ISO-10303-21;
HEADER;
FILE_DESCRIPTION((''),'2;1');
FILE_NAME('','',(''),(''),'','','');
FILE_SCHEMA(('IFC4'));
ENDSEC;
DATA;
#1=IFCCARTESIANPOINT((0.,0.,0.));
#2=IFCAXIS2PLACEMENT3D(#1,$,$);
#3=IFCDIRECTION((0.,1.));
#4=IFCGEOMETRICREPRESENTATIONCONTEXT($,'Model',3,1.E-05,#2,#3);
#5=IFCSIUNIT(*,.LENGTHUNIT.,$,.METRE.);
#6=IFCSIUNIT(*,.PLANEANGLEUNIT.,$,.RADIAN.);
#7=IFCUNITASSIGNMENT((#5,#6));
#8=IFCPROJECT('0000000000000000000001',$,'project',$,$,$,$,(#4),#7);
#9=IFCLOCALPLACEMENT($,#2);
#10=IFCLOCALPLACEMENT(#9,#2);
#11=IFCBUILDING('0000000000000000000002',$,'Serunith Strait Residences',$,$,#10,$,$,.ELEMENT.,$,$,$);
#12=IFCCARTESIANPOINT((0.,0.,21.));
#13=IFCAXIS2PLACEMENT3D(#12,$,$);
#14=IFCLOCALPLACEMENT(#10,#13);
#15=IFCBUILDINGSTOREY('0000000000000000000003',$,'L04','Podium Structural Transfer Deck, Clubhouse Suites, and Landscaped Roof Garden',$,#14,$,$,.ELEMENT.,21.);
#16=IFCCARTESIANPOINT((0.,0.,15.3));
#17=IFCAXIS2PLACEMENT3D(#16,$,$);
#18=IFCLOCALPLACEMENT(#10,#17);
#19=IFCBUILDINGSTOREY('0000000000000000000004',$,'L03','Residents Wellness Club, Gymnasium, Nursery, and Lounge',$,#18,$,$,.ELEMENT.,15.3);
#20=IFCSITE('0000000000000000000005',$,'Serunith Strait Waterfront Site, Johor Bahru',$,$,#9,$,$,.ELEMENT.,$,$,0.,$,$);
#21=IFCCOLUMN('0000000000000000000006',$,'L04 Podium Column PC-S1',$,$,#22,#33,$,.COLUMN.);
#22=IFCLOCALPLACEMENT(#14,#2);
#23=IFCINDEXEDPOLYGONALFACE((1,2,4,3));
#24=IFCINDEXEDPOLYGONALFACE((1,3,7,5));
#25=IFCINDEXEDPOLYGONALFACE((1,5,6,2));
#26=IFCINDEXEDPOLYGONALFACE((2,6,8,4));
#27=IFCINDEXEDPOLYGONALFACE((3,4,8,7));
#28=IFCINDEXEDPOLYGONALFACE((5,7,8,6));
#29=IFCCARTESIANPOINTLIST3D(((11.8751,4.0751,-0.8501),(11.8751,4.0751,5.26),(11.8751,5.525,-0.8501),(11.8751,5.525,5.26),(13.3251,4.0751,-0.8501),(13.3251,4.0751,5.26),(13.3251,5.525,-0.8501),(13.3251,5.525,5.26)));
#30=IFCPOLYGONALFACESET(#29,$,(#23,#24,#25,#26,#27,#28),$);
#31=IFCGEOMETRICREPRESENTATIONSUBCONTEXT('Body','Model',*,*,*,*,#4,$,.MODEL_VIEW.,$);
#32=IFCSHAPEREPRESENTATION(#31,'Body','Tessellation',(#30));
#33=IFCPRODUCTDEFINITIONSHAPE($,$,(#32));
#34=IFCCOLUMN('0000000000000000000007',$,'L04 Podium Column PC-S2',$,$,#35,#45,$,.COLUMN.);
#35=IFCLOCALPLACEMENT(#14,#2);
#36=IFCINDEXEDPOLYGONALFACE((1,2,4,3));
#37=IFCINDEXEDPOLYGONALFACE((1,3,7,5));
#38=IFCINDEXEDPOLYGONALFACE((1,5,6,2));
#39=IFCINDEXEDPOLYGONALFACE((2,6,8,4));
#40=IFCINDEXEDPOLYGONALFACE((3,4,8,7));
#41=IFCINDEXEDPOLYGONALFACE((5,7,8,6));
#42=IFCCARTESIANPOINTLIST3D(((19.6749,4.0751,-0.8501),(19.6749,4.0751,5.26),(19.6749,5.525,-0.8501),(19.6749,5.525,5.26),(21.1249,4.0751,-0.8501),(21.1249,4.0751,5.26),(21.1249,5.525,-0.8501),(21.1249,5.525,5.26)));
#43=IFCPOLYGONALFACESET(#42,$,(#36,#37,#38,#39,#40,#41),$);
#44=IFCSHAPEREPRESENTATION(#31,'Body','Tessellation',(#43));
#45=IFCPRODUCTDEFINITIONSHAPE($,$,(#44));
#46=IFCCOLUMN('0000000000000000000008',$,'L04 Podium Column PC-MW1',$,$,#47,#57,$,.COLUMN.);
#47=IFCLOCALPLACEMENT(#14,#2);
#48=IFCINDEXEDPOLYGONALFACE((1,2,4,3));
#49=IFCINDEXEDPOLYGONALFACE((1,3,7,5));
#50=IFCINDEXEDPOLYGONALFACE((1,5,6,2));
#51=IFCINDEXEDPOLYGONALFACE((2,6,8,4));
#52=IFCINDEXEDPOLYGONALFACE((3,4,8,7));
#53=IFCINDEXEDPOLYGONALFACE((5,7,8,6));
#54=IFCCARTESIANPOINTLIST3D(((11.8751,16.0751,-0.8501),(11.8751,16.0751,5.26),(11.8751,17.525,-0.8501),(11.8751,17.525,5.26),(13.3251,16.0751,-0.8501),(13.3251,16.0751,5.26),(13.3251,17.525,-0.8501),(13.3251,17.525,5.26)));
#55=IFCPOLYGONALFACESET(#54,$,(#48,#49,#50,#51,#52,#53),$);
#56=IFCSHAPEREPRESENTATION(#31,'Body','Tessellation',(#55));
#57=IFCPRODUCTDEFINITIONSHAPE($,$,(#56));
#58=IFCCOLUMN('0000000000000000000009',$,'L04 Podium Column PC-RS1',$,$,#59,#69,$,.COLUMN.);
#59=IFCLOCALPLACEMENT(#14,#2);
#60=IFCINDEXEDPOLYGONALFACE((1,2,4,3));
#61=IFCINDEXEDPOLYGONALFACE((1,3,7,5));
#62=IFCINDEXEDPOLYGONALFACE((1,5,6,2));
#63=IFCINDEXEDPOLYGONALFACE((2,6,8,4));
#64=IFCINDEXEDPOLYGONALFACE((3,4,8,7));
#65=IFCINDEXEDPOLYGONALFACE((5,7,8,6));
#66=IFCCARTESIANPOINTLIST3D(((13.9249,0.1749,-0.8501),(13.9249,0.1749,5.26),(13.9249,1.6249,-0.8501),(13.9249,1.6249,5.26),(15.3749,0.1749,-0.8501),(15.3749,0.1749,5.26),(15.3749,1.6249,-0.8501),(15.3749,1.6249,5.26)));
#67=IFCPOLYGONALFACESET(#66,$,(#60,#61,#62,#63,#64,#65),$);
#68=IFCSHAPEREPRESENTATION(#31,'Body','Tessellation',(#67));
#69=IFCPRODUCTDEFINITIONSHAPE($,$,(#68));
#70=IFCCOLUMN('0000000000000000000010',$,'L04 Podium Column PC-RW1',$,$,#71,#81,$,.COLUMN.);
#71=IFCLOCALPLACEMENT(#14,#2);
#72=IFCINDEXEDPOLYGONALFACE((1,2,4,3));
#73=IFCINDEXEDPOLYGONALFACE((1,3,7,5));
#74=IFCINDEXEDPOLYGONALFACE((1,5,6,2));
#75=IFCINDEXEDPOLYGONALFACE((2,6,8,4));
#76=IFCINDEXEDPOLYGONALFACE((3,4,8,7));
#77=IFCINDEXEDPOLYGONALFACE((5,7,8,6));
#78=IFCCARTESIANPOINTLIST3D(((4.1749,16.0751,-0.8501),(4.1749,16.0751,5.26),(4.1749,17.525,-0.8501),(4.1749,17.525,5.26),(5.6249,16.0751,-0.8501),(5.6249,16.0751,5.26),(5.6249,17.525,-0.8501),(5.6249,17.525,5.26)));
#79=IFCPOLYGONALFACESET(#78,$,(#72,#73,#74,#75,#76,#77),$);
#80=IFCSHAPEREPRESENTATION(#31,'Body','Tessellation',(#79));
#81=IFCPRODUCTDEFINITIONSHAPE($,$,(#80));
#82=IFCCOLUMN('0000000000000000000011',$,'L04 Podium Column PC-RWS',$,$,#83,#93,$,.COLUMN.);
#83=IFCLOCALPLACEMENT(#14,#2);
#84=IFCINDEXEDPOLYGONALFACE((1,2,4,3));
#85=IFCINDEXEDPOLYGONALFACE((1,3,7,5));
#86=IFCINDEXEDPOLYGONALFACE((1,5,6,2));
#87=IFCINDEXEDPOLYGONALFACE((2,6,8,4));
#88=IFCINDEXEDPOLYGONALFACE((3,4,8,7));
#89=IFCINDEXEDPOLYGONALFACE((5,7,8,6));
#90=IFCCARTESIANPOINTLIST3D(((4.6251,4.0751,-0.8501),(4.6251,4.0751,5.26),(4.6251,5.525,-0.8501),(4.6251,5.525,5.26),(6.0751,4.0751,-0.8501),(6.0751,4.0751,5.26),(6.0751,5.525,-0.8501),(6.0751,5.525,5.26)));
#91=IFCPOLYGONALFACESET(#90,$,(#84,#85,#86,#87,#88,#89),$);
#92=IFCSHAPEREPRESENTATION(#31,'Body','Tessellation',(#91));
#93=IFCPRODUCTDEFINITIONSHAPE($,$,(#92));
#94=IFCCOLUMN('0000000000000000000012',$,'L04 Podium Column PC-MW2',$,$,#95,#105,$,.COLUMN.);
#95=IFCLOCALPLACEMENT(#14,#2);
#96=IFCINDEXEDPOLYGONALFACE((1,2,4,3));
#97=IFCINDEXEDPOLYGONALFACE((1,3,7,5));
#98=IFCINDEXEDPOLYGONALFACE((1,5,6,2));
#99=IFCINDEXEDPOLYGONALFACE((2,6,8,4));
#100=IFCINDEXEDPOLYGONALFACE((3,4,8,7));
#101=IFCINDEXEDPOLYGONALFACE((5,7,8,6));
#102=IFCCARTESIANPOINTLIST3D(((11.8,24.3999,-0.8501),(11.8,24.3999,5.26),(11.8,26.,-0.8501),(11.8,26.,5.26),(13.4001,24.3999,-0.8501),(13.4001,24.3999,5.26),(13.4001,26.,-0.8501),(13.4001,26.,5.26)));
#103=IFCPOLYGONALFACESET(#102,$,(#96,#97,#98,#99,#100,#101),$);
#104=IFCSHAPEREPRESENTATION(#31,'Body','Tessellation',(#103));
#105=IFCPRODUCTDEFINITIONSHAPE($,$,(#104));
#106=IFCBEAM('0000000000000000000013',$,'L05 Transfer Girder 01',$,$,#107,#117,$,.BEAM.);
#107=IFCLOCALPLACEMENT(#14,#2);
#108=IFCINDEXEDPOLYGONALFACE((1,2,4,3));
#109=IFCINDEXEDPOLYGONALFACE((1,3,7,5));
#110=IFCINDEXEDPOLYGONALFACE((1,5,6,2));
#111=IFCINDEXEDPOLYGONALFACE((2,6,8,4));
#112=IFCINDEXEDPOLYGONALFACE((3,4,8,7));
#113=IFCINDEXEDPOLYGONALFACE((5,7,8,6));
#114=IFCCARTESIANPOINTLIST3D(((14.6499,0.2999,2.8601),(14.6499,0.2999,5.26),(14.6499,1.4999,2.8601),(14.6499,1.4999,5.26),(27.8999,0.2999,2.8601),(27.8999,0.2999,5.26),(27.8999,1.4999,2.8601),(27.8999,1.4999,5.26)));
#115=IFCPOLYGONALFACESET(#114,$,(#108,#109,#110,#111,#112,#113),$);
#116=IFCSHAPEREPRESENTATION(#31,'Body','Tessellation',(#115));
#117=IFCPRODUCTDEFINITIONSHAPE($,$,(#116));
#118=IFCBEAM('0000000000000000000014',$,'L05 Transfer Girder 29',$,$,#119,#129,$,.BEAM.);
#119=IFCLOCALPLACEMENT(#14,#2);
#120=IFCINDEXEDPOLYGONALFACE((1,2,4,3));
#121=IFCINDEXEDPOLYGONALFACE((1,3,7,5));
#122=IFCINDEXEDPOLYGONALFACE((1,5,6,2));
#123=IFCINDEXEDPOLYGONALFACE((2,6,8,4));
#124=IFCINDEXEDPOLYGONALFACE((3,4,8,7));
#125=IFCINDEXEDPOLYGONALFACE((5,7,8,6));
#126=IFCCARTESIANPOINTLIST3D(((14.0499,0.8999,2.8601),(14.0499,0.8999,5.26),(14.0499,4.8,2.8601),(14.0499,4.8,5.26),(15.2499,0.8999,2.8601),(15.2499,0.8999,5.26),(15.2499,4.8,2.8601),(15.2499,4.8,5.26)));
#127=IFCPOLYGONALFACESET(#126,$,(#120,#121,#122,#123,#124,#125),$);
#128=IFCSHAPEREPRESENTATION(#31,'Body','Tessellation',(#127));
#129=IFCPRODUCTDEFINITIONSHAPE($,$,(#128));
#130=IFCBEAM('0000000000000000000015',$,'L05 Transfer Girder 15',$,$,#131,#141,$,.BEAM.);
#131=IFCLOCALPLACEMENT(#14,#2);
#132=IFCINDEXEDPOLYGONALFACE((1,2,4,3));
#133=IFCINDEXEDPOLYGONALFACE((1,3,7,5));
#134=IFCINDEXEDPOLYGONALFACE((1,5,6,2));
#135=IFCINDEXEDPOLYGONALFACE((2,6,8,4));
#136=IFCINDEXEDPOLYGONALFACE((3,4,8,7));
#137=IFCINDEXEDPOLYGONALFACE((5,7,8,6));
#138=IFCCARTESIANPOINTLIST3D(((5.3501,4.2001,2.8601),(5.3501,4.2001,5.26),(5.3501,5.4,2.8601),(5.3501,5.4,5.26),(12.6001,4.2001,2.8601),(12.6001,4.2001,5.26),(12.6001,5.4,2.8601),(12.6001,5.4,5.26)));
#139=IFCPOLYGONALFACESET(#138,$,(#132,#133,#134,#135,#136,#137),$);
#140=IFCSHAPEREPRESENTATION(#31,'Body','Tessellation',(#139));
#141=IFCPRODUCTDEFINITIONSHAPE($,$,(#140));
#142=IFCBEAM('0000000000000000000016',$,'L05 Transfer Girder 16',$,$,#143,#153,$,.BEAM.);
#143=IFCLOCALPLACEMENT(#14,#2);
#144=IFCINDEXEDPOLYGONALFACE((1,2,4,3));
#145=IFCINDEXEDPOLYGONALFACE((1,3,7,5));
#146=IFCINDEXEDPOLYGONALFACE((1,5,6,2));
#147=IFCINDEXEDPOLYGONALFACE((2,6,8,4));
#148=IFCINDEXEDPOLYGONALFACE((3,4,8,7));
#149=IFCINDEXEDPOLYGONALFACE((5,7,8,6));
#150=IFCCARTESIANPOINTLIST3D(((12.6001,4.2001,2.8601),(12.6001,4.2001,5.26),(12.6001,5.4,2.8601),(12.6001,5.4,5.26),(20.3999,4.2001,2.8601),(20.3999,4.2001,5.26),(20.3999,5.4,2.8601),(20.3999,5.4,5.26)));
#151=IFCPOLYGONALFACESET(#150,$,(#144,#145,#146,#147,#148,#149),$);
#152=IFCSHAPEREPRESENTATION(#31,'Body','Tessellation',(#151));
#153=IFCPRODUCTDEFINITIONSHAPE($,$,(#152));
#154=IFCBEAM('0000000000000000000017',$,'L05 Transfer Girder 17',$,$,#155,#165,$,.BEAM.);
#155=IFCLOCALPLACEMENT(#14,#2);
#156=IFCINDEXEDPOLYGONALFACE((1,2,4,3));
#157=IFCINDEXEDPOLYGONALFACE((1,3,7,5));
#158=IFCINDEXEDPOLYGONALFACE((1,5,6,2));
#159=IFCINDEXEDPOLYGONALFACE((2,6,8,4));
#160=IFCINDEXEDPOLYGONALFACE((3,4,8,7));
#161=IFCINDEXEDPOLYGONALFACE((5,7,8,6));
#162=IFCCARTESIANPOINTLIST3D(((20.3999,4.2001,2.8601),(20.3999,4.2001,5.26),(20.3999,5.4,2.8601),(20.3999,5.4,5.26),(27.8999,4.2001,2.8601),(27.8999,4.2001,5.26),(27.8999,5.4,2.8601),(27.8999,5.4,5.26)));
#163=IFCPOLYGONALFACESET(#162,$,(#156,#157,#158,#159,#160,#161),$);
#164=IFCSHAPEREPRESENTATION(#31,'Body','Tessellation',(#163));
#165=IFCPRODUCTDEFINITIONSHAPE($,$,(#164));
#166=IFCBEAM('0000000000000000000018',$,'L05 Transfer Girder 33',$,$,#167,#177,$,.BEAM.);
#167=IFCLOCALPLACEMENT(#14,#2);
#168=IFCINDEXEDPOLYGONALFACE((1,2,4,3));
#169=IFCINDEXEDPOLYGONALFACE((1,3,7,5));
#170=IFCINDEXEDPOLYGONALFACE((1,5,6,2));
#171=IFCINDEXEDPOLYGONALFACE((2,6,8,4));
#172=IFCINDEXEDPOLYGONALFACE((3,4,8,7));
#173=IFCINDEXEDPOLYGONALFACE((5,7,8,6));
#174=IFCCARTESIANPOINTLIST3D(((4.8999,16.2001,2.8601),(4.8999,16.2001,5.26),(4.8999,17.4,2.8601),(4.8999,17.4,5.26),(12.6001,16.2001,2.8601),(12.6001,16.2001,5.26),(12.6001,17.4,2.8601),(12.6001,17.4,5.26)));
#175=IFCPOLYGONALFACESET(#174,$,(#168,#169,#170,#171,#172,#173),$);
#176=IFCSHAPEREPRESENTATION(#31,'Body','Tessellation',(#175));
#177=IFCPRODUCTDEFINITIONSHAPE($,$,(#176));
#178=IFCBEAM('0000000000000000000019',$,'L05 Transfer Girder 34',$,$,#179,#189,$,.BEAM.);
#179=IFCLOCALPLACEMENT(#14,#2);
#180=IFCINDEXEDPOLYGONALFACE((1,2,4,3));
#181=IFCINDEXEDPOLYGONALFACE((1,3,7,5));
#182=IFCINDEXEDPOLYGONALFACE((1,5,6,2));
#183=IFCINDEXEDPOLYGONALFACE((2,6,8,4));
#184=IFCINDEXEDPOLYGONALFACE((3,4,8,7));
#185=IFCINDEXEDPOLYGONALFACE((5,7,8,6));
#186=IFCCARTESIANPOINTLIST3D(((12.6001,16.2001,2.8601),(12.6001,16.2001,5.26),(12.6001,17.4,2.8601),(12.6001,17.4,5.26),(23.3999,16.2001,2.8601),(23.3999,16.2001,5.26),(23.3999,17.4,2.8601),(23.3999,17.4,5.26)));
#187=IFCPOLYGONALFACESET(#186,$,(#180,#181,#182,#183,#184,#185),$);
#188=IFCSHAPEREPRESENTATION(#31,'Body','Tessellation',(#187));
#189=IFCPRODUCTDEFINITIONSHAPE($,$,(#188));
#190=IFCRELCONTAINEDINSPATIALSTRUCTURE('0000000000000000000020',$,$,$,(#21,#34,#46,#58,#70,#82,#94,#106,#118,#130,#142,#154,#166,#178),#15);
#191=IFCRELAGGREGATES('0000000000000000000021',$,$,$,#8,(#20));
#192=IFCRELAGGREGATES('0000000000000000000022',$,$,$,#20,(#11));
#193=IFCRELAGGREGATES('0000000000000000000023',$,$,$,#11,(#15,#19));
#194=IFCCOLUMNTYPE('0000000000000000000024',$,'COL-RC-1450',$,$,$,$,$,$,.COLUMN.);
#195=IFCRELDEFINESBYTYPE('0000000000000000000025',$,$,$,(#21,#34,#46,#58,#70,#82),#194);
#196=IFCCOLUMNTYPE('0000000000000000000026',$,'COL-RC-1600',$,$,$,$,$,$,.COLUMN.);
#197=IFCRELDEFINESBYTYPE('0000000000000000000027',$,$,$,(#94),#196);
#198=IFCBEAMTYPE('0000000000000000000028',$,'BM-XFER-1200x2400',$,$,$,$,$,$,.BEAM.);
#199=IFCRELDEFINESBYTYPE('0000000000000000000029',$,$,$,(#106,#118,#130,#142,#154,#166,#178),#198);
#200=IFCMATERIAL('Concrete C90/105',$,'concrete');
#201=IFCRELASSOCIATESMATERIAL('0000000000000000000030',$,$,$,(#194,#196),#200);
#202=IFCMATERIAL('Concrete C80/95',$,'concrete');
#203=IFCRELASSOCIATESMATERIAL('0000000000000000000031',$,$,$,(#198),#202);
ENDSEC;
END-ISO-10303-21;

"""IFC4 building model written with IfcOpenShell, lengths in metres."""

from ifc_helpers import new_model, si_unit, direction, frame, origin, origin_2d, place, context, subcontext, project, spatial, rectangle, extrude, source, transform, mapped, material, material_profile, profile_set, type_object, element, save


model = new_model("IFC4")

# Units and contexts
model_context = context("Model", 3, precision=1e-05, world=origin(), true_north=direction((0.0, 1.0)))
body_context = subcontext(model_context, "Body", "Model", "MODEL_VIEW")
ifc_project = project(units=[si_unit("LENGTHUNIT", "METRE"), si_unit("PLANEANGLEUNIT", "RADIAN")], contexts=[model_context])

# Site, building, storey
site_placement = place(None, origin())
site = spatial("IfcSite", under=ifc_project, at=site_placement, Name="Serunith Strait Waterfront Site, Johor Bahru", CompositionType="ELEMENT", RefElevation=0.0)
building_placement = place(site_placement, origin())
building = spatial("IfcBuilding", under=site, at=building_placement, Name="Serunith Strait Residences", CompositionType="ELEMENT")
storey_1_placement = place(building_placement, frame((0.0, 0.0, 21.0)))
storey_1 = spatial("IfcBuildingStorey", under=building, at=storey_1_placement, Name="L04", Description="Podium Structural Transfer Deck, Clubhouse Suites, and Landscaped Roof Garden", CompositionType="ELEMENT", Elevation=21.0)

# Columns
ifc_material_1 = material(Name="Concrete C90/105", Category="concrete")
ifc_material_profile_1 = material_profile(ifc_material_1, rectangle(XDim=1.45, YDim=1.45, at=origin_2d()), Name="RC 1450x1450")
ifc_profile_set_1 = profile_set([ifc_material_profile_1], Name="Concrete C90/105")
column_type_1 = type_object("IfcColumnType", Name="COL-RC-1450", PredefinedType="COLUMN", material=ifc_profile_set_1)
shared_shape_1 = source(origin(), body_context, "Body", "SweptSolid", [
    extrude(rectangle(XDim=1.45, YDim=1.45, at=origin_2d()), origin(), (0.0, 0.0, 1.0), 6.1101),
])
for number, where, z_axis, x_axis, name in (
    (1, (12.6001, 4.8, -0.8501), (0.0, 0.0, 1.0), (1.0, 0.0, 0.0), "L04 Podium Column PC-S1"),
    (2, (20.3999, 4.8, -0.8501), (0.0, 0.0, 1.0), (1.0, 0.0, 0.0), "L04 Podium Column PC-S2"),
    (3, (12.6001, 16.8, -0.8501), (0.0, 0.0, 1.0), (1.0, 0.0, 0.0), "L04 Podium Column PC-MW1"),
    (4, (14.6499, 0.8999, -0.8501), (0.0, 0.0, 1.0), (1.0, 0.0, 0.0), "L04 Podium Column PC-RS1"),
    (5, (4.8999, 16.8, -0.8501), (0.0, 0.0, 1.0), (1.0, 0.0, 0.0), "L04 Podium Column PC-RW1"),
    (6, (5.3501, 4.8, -0.8501), (0.0, 0.0, 1.0), (1.0, 0.0, 0.0), "L04 Podium Column PC-RWS"),
):
    element("IfcColumn", number, at=place(storey_1_placement, frame(where, z_axis=z_axis, x_axis=x_axis)), inside=storey_1, type_object=column_type_1, Name=name, PredefinedType="COLUMN", context=body_context, shape_type="MappedRepresentation", body=[
        mapped(shared_shape_1, transform((0.0, 0.0, 0.0), scale=1.0)),
    ])
ifc_material_profile_2 = material_profile(ifc_material_1, rectangle(XDim=1.6001, YDim=1.6001, at=origin_2d()), Name="RC 1600x1600")
ifc_profile_set_2 = profile_set([ifc_material_profile_2], Name="Concrete C90/105")
column_type_2 = type_object("IfcColumnType", Name="COL-RC-1600", PredefinedType="COLUMN", material=ifc_profile_set_2)
shared_shape_2 = source(origin(), body_context, "Body", "SweptSolid", [
    extrude(rectangle(XDim=1.6001, YDim=1.6001, at=origin_2d()), origin(), (0.0, 0.0, 1.0), 6.1101),
])
column_placement = place(storey_1_placement, frame((12.6001, 25.2, -0.8501), z_axis=(0.0, 0.0, 1.0), x_axis=(1.0, 0.0, 0.0)))
element("IfcColumn", 7, at=column_placement, inside=storey_1, type_object=column_type_2, Name="L04 Podium Column PC-MW2", PredefinedType="COLUMN", context=body_context, shape_type="MappedRepresentation", body=[
    mapped(shared_shape_2, transform((0.0, 0.0, 0.0), scale=1.0)),
])

# Beams
ifc_material_2 = material(Name="Concrete C80/95", Category="concrete")
ifc_material_profile_3 = material_profile(ifc_material_2, rectangle(XDim=1.2, YDim=2.3999, at=origin_2d()), Name="RC 1200x2400")
ifc_profile_set_3 = profile_set([ifc_material_profile_3], Name="Concrete C80/95")
beam_type = type_object("IfcBeamType", Name="BM-XFER-1200x2400", PredefinedType="BEAM", material=ifc_profile_set_3)
shared_shape_3 = source(origin(), body_context, "Body", "SweptSolid", [
    extrude(rectangle(XDim=1.2, YDim=2.3999, at=origin_2d()), origin(), (0.0, 0.0, 1.0), 13.25),
])
beam_1_placement = place(storey_1_placement, frame((14.6499, 0.8999, 4.0601), z_axis=(1.0, 0.0, 0.0), x_axis=(0.0, 1.0, 0.0)))
element("IfcBeam", 8, at=beam_1_placement, inside=storey_1, type_object=beam_type, Name="L05 Transfer Girder 01", PredefinedType="BEAM", context=body_context, shape_type="MappedRepresentation", body=[
    mapped(shared_shape_3, transform((0.0, 0.0, 0.0), scale=1.0)),
])
shared_shape_4 = source(origin(), body_context, "Body", "SweptSolid", [
    extrude(rectangle(XDim=1.2, YDim=2.3999, at=origin_2d()), origin(), (0.0, 0.0, 1.0), 3.9001),
])
beam_2_placement = place(storey_1_placement, frame((14.6499, 0.8999, 4.0601), z_axis=(0.0, 1.0, 0.0), x_axis=(-1.0, 0.0, 0.0)))
element("IfcBeam", 9, at=beam_2_placement, inside=storey_1, type_object=beam_type, Name="L05 Transfer Girder 29", PredefinedType="BEAM", context=body_context, shape_type="MappedRepresentation", body=[
    mapped(shared_shape_4, transform((0.0, 0.0, 0.0), scale=1.0)),
])
shared_shape_5 = source(origin(), body_context, "Body", "SweptSolid", [
    extrude(rectangle(XDim=1.2, YDim=2.3999, at=origin_2d()), origin(), (0.0, 0.0, 1.0), 7.25),
])
beam_3_placement = place(storey_1_placement, frame((5.3501, 4.8, 4.0601), z_axis=(1.0, 0.0, 0.0), x_axis=(0.0, 1.0, 0.0)))
element("IfcBeam", 10, at=beam_3_placement, inside=storey_1, type_object=beam_type, Name="L05 Transfer Girder 15", PredefinedType="BEAM", context=body_context, shape_type="MappedRepresentation", body=[
    mapped(shared_shape_5, transform((0.0, 0.0, 0.0), scale=1.0)),
])
shared_shape_6 = source(origin(), body_context, "Body", "SweptSolid", [
    extrude(rectangle(XDim=1.2, YDim=2.3999, at=origin_2d()), origin(), (0.0, 0.0, 1.0), 7.7998),
])
beam_4_placement = place(storey_1_placement, frame((12.6001, 4.8, 4.0601), z_axis=(1.0, 0.0, 0.0), x_axis=(0.0, 1.0, 0.0)))
element("IfcBeam", 11, at=beam_4_placement, inside=storey_1, type_object=beam_type, Name="L05 Transfer Girder 16", PredefinedType="BEAM", context=body_context, shape_type="MappedRepresentation", body=[
    mapped(shared_shape_6, transform((0.0, 0.0, 0.0), scale=1.0)),
])
shared_shape_7 = source(origin(), body_context, "Body", "SweptSolid", [
    extrude(rectangle(XDim=1.2, YDim=2.3999, at=origin_2d()), origin(), (0.0, 0.0, 1.0), 7.5),
])
beam_5_placement = place(storey_1_placement, frame((20.3999, 4.8, 4.0601), z_axis=(1.0, 0.0, 0.0), x_axis=(0.0, 1.0, 0.0)))
element("IfcBeam", 12, at=beam_5_placement, inside=storey_1, type_object=beam_type, Name="L05 Transfer Girder 17", PredefinedType="BEAM", context=body_context, shape_type="MappedRepresentation", body=[
    mapped(shared_shape_7, transform((0.0, 0.0, 0.0), scale=1.0)),
])
shared_shape_8 = source(origin(), body_context, "Body", "SweptSolid", [
    extrude(rectangle(XDim=1.2, YDim=2.3999, at=origin_2d()), origin(), (0.0, 0.0, 1.0), 7.7002),
])
beam_6_placement = place(storey_1_placement, frame((4.8999, 16.8, 4.0601), z_axis=(1.0, 0.0, 0.0), x_axis=(0.0, 1.0, 0.0)))
element("IfcBeam", 13, at=beam_6_placement, inside=storey_1, type_object=beam_type, Name="L05 Transfer Girder 33", PredefinedType="BEAM", context=body_context, shape_type="MappedRepresentation", body=[
    mapped(shared_shape_8, transform((0.0, 0.0, 0.0), scale=1.0)),
])
shared_shape_9 = source(origin(), body_context, "Body", "SweptSolid", [
    extrude(rectangle(XDim=1.2, YDim=2.3999, at=origin_2d()), origin(), (0.0, 0.0, 1.0), 10.7998),
])
beam_7_placement = place(storey_1_placement, frame((12.6001, 16.8, 4.0601), z_axis=(1.0, 0.0, 0.0), x_axis=(0.0, 1.0, 0.0)))
element("IfcBeam", 14, at=beam_7_placement, inside=storey_1, type_object=beam_type, Name="L05 Transfer Girder 34", PredefinedType="BEAM", context=body_context, shape_type="MappedRepresentation", body=[
    mapped(shared_shape_9, transform((0.0, 0.0, 0.0), scale=1.0)),
])

# Shared definitions
storey_2_placement = place(building_placement, frame((0.0, 0.0, 15.3)))
storey_2 = spatial("IfcBuildingStorey", under=building, at=storey_2_placement, Name="L03", Description="Residents Wellness Club, Gymnasium, Nursery, and Lounge", CompositionType="ELEMENT", Elevation=15.3)

save(model, "model.ifc")
